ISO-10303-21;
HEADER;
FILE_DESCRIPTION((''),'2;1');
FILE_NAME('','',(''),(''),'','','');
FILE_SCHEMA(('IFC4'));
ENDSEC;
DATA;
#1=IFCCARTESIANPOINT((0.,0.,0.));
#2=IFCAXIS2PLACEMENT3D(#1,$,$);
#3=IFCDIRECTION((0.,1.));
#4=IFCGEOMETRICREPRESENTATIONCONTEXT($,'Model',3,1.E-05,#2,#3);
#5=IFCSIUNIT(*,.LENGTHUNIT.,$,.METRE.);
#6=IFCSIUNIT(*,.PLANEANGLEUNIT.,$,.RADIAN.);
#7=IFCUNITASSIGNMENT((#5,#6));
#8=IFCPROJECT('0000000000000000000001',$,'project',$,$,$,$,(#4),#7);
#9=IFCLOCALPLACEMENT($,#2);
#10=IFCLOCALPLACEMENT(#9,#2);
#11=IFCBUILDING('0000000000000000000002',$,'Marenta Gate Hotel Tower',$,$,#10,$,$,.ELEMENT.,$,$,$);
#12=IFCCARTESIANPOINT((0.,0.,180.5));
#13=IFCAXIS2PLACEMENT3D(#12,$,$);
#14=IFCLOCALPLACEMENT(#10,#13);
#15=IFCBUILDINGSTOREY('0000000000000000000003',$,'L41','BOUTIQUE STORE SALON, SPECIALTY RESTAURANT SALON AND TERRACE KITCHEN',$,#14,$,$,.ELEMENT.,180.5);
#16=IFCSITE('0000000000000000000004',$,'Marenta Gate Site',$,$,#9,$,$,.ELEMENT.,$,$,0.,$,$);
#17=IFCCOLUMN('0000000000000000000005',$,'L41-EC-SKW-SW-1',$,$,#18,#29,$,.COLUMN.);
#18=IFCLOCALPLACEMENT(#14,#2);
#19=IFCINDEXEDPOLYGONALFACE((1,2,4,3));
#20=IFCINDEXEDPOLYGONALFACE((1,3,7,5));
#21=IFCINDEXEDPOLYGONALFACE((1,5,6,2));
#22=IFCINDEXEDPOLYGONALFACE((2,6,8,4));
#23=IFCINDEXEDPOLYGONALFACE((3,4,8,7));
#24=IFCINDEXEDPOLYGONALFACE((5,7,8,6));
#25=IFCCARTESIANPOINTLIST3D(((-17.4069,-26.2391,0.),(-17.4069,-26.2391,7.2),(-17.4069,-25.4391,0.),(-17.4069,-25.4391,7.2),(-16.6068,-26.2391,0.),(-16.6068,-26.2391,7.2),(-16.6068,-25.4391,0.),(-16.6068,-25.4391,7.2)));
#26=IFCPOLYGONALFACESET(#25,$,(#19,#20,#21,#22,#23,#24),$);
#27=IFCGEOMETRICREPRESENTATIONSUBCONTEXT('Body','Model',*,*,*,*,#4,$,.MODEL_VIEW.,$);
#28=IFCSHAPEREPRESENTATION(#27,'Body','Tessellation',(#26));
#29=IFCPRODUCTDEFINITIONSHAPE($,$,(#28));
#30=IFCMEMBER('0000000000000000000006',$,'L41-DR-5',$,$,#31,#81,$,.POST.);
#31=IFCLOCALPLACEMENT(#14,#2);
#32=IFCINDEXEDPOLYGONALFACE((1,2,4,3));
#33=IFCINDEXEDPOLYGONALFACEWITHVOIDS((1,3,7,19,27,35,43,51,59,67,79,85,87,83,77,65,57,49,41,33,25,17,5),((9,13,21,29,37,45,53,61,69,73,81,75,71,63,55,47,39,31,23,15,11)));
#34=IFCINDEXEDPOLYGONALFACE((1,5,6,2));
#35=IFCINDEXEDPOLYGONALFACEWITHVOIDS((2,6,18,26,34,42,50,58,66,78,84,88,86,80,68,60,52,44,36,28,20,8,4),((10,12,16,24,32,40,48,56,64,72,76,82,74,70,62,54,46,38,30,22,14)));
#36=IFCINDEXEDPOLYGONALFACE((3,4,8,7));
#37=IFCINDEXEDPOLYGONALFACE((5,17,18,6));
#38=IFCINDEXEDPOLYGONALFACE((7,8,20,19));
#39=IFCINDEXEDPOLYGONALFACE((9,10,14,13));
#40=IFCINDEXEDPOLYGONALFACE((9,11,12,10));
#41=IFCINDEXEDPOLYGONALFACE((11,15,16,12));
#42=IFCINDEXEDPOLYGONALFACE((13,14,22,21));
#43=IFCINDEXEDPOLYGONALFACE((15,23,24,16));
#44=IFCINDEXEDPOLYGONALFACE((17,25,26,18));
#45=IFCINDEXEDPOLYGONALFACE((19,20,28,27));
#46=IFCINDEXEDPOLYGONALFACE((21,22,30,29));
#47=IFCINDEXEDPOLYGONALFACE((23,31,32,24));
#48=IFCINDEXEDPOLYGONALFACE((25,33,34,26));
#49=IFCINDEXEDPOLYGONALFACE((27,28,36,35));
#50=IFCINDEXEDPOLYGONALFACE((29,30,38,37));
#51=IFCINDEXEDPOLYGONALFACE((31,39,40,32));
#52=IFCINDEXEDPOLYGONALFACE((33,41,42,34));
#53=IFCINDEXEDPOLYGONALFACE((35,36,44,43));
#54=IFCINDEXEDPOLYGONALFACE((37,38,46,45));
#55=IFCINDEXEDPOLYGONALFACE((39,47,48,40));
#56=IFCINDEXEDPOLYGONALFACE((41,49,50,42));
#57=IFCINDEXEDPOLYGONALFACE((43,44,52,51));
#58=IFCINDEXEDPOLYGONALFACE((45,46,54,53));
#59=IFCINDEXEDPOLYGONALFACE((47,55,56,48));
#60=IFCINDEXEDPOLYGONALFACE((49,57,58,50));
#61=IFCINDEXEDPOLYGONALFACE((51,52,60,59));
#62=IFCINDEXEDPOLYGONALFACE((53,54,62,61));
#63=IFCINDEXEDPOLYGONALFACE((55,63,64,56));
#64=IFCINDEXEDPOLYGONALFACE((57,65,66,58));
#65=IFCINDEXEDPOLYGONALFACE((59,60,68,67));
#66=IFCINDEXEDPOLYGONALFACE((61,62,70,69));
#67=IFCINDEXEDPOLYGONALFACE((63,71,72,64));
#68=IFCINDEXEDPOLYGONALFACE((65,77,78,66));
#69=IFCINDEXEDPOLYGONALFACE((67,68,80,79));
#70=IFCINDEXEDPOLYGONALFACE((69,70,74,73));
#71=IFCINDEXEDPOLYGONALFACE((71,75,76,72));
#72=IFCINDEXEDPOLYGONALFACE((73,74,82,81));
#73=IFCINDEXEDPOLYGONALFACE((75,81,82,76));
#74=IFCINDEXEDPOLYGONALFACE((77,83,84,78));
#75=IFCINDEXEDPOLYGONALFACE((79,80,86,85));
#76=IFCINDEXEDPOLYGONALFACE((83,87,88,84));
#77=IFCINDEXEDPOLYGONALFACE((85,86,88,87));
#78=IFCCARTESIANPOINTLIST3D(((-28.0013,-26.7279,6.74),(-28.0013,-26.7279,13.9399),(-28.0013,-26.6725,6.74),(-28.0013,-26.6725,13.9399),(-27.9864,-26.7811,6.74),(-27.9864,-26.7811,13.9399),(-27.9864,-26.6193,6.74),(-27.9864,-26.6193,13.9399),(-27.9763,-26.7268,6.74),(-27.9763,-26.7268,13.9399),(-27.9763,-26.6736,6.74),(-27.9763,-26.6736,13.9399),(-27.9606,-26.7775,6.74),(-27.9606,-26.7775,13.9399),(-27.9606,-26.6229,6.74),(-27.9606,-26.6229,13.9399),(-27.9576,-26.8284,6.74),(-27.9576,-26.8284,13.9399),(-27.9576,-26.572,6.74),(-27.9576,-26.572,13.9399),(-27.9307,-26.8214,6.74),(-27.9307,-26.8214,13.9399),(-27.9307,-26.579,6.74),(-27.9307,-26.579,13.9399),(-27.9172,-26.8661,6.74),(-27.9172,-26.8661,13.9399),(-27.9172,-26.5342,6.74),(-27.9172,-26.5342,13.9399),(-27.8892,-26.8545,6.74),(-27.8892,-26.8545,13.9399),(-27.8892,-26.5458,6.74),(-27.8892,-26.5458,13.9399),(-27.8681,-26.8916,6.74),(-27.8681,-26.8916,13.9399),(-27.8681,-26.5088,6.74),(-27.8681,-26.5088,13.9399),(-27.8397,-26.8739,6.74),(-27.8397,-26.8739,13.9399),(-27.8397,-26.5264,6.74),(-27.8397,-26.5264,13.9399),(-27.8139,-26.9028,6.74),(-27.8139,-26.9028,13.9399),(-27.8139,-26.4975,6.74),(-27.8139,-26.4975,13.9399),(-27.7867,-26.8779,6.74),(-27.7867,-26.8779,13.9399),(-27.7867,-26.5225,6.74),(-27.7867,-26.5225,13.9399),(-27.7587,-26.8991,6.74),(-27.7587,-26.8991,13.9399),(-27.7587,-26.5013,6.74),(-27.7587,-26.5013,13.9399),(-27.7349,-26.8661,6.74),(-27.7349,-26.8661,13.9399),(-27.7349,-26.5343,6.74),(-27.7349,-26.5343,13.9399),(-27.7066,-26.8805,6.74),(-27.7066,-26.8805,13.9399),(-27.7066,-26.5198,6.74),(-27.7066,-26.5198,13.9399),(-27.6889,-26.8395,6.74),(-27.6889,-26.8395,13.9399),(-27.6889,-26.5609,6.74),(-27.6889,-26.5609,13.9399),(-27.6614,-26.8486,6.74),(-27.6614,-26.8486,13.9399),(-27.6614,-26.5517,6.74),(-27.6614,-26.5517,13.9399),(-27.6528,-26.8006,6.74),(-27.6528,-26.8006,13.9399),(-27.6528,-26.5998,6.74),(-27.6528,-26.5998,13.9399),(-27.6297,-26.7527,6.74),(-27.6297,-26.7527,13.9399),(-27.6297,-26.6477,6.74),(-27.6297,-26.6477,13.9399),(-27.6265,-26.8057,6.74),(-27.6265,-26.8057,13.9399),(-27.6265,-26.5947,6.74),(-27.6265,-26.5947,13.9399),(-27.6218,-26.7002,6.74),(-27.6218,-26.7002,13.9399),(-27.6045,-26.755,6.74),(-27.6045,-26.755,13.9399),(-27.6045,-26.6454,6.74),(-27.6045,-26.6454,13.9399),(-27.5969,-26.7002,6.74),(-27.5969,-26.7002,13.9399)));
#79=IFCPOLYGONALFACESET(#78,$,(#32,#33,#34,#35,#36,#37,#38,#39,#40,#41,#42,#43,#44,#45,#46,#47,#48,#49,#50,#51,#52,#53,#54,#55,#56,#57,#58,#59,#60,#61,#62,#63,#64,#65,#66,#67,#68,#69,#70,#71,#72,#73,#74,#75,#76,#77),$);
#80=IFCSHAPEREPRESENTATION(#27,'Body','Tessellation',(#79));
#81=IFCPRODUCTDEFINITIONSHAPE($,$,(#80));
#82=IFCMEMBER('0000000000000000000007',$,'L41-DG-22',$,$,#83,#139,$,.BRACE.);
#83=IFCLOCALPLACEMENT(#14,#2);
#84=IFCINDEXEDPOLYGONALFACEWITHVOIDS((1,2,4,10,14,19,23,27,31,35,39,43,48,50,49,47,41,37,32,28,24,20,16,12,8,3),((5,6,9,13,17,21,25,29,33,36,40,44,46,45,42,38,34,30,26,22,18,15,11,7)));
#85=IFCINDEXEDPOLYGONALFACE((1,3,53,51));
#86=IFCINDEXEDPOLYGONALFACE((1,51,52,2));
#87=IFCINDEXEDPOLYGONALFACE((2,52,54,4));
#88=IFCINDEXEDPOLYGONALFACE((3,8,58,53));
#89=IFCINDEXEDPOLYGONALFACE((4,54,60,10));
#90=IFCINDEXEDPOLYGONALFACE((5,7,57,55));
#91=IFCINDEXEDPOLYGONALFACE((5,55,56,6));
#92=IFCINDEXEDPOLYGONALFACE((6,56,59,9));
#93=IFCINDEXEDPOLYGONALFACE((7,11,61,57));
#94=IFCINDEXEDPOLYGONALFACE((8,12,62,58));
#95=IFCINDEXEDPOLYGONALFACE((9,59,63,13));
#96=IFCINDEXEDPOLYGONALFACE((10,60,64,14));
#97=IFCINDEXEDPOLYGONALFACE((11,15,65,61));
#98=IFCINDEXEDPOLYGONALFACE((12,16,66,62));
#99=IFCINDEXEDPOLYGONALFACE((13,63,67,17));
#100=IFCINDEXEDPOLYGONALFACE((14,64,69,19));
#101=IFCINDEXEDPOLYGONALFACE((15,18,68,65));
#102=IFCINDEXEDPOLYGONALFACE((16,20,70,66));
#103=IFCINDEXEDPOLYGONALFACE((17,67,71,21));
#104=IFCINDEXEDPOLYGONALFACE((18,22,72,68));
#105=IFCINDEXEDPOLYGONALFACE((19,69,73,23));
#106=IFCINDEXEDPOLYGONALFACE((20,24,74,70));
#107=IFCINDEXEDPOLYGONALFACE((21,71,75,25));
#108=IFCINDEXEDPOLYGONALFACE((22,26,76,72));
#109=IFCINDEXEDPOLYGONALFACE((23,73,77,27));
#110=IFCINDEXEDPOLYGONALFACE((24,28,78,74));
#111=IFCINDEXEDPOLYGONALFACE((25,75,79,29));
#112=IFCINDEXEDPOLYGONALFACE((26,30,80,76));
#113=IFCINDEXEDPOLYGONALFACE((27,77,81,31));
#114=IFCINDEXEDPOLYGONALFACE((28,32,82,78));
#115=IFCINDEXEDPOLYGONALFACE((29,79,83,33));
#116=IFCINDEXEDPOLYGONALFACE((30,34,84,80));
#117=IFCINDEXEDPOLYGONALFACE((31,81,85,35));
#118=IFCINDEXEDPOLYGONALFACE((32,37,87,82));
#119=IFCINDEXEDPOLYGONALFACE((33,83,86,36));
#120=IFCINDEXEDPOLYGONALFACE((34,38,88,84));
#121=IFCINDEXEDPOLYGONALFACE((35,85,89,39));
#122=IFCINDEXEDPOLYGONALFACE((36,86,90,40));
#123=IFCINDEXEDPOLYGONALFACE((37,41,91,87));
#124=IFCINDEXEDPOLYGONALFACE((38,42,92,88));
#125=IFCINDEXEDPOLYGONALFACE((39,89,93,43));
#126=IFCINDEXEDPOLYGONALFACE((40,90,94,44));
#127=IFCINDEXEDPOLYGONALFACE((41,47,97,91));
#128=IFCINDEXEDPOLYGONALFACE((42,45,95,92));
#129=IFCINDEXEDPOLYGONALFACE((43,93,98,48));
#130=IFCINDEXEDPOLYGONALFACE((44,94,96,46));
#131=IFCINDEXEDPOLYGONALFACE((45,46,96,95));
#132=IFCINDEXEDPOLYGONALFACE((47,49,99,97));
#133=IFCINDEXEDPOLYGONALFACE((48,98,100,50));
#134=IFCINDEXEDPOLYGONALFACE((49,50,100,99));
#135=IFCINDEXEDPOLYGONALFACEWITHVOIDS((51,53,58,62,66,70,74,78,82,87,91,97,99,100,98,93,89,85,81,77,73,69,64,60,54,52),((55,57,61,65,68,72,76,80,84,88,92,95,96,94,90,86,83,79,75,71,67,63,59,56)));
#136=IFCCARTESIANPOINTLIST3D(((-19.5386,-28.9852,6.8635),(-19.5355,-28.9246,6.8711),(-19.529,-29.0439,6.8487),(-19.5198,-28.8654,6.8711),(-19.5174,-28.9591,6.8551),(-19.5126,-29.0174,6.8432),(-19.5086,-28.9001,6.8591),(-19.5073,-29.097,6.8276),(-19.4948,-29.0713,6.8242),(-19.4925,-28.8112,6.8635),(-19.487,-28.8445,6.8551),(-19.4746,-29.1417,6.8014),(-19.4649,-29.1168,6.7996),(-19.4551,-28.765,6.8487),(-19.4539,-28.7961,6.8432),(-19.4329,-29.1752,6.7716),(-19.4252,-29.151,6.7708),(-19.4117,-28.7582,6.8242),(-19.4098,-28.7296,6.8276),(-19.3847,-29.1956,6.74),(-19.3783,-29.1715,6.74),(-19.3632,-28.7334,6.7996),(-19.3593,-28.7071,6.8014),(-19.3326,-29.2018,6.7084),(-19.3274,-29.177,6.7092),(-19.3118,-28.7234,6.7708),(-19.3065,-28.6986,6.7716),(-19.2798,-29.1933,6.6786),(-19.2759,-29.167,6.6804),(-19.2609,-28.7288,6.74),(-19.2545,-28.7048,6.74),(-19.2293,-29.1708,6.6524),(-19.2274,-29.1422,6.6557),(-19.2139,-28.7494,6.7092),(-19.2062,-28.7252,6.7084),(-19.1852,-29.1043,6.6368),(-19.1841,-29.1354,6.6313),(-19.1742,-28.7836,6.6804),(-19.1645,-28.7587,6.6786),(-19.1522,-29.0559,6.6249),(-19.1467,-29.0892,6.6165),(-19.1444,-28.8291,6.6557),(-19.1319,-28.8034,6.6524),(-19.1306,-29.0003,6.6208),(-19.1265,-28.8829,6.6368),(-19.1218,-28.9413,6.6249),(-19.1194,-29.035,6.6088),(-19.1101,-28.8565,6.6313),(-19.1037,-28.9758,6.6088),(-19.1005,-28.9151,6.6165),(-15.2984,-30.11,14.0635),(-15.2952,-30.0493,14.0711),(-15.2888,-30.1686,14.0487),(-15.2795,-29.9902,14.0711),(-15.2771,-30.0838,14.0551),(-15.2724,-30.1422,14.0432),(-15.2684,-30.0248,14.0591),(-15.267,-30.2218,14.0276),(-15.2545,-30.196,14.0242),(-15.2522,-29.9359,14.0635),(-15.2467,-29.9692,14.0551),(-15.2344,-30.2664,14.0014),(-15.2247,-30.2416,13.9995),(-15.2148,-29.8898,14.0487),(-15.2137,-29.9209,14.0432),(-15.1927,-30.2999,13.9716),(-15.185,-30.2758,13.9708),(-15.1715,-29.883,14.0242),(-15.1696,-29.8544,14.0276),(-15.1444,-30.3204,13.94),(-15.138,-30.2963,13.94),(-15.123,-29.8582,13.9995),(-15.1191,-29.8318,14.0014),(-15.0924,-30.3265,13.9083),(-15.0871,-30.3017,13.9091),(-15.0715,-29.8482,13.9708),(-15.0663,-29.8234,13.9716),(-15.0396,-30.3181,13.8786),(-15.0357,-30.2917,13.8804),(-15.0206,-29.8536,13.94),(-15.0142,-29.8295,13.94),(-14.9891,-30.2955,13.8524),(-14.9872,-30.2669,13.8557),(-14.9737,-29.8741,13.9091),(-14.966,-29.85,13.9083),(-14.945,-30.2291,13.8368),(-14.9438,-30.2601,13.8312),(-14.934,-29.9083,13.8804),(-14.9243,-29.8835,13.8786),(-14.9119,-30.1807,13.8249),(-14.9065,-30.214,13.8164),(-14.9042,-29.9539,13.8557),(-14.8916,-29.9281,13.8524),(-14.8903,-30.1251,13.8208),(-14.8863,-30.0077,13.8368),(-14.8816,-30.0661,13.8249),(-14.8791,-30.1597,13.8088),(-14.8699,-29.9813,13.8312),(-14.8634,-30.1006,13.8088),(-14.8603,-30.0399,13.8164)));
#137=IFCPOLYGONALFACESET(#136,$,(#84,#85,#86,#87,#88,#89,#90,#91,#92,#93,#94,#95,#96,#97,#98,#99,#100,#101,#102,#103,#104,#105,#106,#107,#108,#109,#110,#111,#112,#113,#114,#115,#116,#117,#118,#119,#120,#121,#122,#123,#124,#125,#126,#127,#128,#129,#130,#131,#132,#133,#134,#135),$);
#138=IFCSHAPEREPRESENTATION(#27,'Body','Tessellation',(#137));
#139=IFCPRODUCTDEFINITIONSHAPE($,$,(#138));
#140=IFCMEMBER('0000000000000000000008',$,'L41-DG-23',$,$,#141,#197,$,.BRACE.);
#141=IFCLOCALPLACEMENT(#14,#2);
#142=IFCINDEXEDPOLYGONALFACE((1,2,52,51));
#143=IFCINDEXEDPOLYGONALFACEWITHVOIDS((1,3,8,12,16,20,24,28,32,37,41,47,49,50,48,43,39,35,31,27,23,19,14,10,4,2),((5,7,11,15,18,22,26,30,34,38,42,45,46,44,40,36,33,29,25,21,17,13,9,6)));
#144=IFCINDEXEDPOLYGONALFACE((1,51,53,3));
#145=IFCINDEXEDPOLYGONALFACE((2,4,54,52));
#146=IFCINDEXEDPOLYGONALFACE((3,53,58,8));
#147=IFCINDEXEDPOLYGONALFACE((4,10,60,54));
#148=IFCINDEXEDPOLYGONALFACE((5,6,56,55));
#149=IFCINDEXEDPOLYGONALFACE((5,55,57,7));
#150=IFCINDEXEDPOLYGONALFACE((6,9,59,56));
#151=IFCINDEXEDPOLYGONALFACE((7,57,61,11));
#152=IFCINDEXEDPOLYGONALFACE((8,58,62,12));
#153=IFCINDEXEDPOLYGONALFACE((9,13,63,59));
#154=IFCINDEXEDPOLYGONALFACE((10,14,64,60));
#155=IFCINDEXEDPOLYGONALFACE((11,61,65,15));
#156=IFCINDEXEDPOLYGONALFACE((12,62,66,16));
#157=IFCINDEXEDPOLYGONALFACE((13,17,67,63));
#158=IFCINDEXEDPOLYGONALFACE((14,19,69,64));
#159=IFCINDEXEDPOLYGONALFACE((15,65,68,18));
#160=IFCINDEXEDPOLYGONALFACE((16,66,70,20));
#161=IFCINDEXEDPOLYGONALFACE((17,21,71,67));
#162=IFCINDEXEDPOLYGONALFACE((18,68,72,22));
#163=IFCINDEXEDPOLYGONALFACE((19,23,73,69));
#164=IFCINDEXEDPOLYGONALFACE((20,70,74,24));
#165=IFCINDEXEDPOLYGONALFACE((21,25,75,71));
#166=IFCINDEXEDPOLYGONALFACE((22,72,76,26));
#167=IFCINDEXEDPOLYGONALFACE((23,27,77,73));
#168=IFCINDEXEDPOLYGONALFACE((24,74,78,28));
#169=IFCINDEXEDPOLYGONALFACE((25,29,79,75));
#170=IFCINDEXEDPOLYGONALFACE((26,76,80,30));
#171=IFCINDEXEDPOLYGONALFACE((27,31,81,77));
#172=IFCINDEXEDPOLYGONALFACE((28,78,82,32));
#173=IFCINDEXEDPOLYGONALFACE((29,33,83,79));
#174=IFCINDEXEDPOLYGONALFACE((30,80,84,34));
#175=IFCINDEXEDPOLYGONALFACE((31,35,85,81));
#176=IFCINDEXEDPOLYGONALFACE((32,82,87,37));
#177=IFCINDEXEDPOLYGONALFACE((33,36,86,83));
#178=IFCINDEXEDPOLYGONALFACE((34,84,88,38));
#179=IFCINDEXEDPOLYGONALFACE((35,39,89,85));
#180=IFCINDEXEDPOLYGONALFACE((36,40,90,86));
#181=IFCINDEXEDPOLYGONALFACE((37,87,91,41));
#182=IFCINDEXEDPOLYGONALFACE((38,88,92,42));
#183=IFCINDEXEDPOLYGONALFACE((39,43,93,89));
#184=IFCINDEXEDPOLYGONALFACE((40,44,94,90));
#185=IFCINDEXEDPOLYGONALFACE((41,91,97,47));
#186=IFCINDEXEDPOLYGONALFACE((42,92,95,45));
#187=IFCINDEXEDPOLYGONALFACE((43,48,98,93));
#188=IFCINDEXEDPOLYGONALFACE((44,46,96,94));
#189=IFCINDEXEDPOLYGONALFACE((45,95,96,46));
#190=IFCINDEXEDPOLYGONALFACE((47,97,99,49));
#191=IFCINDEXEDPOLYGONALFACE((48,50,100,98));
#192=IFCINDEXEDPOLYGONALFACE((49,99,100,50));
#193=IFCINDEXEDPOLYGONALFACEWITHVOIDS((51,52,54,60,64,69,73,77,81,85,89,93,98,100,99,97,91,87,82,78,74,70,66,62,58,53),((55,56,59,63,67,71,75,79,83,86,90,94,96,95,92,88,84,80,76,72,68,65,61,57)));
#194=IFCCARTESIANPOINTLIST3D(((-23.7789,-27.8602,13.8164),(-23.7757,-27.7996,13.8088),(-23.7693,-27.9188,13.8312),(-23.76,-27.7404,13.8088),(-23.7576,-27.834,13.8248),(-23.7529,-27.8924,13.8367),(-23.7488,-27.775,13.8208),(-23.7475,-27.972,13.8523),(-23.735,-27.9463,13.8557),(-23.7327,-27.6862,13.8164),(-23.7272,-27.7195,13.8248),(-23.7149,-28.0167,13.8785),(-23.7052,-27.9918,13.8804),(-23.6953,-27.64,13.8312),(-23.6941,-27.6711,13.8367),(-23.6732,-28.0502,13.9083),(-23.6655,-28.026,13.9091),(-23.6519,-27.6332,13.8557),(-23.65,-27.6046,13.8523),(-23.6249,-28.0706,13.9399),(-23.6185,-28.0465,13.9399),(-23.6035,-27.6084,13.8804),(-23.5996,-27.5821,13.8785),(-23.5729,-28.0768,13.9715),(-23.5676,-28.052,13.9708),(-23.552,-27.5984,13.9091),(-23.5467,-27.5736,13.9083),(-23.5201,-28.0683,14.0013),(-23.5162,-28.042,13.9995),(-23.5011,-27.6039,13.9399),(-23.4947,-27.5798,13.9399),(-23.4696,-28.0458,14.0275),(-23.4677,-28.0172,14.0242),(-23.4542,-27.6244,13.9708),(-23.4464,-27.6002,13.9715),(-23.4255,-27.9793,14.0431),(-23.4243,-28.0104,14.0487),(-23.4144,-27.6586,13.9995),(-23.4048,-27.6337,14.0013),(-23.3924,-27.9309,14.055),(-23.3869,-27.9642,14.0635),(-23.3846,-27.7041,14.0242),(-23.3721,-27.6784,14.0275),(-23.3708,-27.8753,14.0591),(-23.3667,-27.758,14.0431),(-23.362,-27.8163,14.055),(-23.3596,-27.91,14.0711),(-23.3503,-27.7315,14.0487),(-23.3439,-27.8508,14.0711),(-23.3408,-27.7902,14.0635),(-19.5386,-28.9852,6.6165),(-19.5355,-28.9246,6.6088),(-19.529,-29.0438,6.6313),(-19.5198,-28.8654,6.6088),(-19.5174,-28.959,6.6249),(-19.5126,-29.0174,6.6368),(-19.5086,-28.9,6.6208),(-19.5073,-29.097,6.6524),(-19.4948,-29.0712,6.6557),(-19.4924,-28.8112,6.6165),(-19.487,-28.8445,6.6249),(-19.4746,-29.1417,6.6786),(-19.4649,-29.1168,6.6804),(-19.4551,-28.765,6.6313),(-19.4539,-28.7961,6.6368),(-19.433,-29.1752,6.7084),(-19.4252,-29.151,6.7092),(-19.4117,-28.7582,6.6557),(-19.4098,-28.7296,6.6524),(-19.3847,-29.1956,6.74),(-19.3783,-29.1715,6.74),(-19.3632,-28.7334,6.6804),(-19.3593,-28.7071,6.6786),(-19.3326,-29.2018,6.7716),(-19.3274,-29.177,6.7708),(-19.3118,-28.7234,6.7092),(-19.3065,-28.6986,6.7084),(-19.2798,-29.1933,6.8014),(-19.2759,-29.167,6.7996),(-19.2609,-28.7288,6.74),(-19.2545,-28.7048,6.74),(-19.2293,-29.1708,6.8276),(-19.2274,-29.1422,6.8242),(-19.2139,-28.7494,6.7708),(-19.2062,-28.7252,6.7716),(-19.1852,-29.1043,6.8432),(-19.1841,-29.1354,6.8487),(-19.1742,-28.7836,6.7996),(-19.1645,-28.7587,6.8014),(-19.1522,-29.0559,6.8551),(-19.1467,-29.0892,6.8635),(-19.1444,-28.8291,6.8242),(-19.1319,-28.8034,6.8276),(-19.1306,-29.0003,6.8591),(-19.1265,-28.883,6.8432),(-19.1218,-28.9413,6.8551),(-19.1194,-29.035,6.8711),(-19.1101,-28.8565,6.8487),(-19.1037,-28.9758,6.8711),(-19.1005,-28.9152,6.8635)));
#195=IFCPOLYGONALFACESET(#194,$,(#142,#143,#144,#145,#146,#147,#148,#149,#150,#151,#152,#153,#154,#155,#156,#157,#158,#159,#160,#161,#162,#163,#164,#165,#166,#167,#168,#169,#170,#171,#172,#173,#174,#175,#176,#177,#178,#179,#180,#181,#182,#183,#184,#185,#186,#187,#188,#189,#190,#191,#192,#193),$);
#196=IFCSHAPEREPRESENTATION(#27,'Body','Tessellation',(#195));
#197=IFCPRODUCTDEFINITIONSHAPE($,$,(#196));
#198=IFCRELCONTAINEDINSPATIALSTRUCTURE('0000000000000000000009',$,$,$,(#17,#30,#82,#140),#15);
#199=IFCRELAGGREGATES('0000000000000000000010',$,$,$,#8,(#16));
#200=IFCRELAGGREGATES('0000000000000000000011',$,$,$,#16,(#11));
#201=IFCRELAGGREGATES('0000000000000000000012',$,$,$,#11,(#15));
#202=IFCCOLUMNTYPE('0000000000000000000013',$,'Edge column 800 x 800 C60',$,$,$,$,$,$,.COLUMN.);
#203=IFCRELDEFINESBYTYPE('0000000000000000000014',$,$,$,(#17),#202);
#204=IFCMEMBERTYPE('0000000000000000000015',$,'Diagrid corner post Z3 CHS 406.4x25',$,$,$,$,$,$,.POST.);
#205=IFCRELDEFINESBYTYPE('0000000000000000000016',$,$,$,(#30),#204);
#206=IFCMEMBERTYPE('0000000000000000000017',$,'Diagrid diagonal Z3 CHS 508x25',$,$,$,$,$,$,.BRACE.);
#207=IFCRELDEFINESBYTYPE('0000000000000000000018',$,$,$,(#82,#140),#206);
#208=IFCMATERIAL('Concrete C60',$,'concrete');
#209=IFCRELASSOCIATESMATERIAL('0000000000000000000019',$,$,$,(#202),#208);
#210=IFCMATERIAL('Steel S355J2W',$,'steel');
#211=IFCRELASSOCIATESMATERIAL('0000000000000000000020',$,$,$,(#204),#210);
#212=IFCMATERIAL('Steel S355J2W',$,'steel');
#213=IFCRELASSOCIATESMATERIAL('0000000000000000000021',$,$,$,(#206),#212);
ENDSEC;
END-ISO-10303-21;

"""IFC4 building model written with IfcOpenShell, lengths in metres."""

from ifc_helpers import new_model, si_unit, direction, frame, origin, origin_2d, place, context, subcontext, project, spatial, rectangle, hollow_circle, extrude, material, material_profile, profile_set, type_object, element, save


model = new_model("IFC4")

# Units and contexts
model_context = context("Model", 3, precision=1e-05, world=origin(), true_north=direction((0.0, 1.0)))
body_context = subcontext(model_context, "Body", "Model", "MODEL_VIEW")
ifc_project = project(units=[si_unit("LENGTHUNIT", "METRE"), si_unit("PLANEANGLEUNIT", "RADIAN")], contexts=[model_context])

# Site, building, storey
site_placement = place(None, origin())
site = spatial("IfcSite", under=ifc_project, at=site_placement, Name="Marenta Gate Site", CompositionType="ELEMENT", RefElevation=0.0)
building_placement = place(site_placement, origin())
building = spatial("IfcBuilding", under=site, at=building_placement, Name="Marenta Gate Hotel Tower", CompositionType="ELEMENT")
storey_placement = place(building_placement, frame((0.0, 0.0, 180.5)))
storey = spatial("IfcBuildingStorey", under=building, at=storey_placement, Name="L41", Description="BOUTIQUE STORE SALON, SPECIALTY RESTAURANT SALON AND TERRACE KITCHEN", CompositionType="ELEMENT", Elevation=180.5)

# Column
ifc_material_1 = material(Name="Concrete C60", Category="concrete")
ifc_material_profile_1 = material_profile(ifc_material_1, rectangle(XDim=0.8, YDim=0.8, at=origin_2d()), Name="800 x 800")
ifc_profile_set_1 = profile_set([ifc_material_profile_1], Name="Concrete C60")
column_type = type_object("IfcColumnType", Name="Edge column 800 x 800 C60", PredefinedType="COLUMN", material=ifc_profile_set_1)
column_placement = place(storey_placement, frame((-17.0068, -25.8391, 0.0), z_axis=(0.0, 0.0, 1.0), x_axis=(1.0, 0.0, 0.0)))
element("IfcColumn", 1, at=column_placement, inside=storey, type_object=column_type, Name="L41-EC-SKW-SW-1", PredefinedType="COLUMN", context=body_context, shape_type="SweptSolid", body=[
    extrude(rectangle(XDim=0.8, YDim=0.8, at=origin_2d()), origin(), (0.0, 0.0, 1.0), 7.2),
])

# Members
ifc_material_2 = material(Name="Steel S355J2W", Category="steel")
ifc_material_profile_2 = material_profile(ifc_material_2, hollow_circle(Radius=0.2031, WallThickness=0.0249, at=origin_2d()), Name="CHS 406.4x25")
ifc_profile_set_2 = profile_set([ifc_material_profile_2], Name="Steel S355J2W")
member_type_1 = type_object("IfcMemberType", Name="Diagrid corner post Z3 CHS 406.4x25", PredefinedType="POST", material=ifc_profile_set_2)
member_1_placement = place(storey_placement, frame((-27.8, -26.7002, 6.74), z_axis=(0.0, 0.0, 1.0), x_axis=(1.0, 0.0, 0.0)))
element("IfcMember", 2, at=member_1_placement, inside=storey, type_object=member_type_1, Name="L41-DR-5", PredefinedType="POST", context=body_context, shape_type="SweptSolid", body=[
    extrude(hollow_circle(Radius=0.2031, WallThickness=0.0249, at=origin_2d()), origin(), (0.0, 0.0, 1.0), 7.2),
])
ifc_material_3 = material(Name="Steel S355J2W", Category="steel")
ifc_material_profile_3 = material_profile(ifc_material_3, hollow_circle(Radius=0.2539, WallThickness=0.0249, at=origin_2d()), Name="CHS 508x25")
ifc_profile_set_3 = profile_set([ifc_material_profile_3], Name="Steel S355J2W")
member_type_2 = type_object("IfcMemberType", Name="Diagrid diagonal Z3 CHS 508x25", PredefinedType="BRACE", material=ifc_profile_set_3)
for number, where, z_axis, x_axis, name in (
    (3, (-19.3196, -28.9502, 6.74), (0.502926, -0.133405, 0.853972), (0.256391, 0.966573, 0.0), "L41-DG-22"),
    (4, (-19.3196, -28.9502, 6.74), (-0.502924, 0.133434, 0.853969), (-0.256443, -0.966559, 0.0), "L41-DG-23"),
):
    element("IfcMember", number, at=place(storey_placement, frame(where, z_axis=z_axis, x_axis=x_axis)), inside=storey, type_object=member_type_2, Name=name, PredefinedType="BRACE", context=body_context, shape_type="SweptSolid", body=[
        extrude(hollow_circle(Radius=0.2539, WallThickness=0.0249, at=origin_2d()), origin(), (0.0, 0.0, 1.0), 8.4312),
    ])

save(model, "model.ifc")
